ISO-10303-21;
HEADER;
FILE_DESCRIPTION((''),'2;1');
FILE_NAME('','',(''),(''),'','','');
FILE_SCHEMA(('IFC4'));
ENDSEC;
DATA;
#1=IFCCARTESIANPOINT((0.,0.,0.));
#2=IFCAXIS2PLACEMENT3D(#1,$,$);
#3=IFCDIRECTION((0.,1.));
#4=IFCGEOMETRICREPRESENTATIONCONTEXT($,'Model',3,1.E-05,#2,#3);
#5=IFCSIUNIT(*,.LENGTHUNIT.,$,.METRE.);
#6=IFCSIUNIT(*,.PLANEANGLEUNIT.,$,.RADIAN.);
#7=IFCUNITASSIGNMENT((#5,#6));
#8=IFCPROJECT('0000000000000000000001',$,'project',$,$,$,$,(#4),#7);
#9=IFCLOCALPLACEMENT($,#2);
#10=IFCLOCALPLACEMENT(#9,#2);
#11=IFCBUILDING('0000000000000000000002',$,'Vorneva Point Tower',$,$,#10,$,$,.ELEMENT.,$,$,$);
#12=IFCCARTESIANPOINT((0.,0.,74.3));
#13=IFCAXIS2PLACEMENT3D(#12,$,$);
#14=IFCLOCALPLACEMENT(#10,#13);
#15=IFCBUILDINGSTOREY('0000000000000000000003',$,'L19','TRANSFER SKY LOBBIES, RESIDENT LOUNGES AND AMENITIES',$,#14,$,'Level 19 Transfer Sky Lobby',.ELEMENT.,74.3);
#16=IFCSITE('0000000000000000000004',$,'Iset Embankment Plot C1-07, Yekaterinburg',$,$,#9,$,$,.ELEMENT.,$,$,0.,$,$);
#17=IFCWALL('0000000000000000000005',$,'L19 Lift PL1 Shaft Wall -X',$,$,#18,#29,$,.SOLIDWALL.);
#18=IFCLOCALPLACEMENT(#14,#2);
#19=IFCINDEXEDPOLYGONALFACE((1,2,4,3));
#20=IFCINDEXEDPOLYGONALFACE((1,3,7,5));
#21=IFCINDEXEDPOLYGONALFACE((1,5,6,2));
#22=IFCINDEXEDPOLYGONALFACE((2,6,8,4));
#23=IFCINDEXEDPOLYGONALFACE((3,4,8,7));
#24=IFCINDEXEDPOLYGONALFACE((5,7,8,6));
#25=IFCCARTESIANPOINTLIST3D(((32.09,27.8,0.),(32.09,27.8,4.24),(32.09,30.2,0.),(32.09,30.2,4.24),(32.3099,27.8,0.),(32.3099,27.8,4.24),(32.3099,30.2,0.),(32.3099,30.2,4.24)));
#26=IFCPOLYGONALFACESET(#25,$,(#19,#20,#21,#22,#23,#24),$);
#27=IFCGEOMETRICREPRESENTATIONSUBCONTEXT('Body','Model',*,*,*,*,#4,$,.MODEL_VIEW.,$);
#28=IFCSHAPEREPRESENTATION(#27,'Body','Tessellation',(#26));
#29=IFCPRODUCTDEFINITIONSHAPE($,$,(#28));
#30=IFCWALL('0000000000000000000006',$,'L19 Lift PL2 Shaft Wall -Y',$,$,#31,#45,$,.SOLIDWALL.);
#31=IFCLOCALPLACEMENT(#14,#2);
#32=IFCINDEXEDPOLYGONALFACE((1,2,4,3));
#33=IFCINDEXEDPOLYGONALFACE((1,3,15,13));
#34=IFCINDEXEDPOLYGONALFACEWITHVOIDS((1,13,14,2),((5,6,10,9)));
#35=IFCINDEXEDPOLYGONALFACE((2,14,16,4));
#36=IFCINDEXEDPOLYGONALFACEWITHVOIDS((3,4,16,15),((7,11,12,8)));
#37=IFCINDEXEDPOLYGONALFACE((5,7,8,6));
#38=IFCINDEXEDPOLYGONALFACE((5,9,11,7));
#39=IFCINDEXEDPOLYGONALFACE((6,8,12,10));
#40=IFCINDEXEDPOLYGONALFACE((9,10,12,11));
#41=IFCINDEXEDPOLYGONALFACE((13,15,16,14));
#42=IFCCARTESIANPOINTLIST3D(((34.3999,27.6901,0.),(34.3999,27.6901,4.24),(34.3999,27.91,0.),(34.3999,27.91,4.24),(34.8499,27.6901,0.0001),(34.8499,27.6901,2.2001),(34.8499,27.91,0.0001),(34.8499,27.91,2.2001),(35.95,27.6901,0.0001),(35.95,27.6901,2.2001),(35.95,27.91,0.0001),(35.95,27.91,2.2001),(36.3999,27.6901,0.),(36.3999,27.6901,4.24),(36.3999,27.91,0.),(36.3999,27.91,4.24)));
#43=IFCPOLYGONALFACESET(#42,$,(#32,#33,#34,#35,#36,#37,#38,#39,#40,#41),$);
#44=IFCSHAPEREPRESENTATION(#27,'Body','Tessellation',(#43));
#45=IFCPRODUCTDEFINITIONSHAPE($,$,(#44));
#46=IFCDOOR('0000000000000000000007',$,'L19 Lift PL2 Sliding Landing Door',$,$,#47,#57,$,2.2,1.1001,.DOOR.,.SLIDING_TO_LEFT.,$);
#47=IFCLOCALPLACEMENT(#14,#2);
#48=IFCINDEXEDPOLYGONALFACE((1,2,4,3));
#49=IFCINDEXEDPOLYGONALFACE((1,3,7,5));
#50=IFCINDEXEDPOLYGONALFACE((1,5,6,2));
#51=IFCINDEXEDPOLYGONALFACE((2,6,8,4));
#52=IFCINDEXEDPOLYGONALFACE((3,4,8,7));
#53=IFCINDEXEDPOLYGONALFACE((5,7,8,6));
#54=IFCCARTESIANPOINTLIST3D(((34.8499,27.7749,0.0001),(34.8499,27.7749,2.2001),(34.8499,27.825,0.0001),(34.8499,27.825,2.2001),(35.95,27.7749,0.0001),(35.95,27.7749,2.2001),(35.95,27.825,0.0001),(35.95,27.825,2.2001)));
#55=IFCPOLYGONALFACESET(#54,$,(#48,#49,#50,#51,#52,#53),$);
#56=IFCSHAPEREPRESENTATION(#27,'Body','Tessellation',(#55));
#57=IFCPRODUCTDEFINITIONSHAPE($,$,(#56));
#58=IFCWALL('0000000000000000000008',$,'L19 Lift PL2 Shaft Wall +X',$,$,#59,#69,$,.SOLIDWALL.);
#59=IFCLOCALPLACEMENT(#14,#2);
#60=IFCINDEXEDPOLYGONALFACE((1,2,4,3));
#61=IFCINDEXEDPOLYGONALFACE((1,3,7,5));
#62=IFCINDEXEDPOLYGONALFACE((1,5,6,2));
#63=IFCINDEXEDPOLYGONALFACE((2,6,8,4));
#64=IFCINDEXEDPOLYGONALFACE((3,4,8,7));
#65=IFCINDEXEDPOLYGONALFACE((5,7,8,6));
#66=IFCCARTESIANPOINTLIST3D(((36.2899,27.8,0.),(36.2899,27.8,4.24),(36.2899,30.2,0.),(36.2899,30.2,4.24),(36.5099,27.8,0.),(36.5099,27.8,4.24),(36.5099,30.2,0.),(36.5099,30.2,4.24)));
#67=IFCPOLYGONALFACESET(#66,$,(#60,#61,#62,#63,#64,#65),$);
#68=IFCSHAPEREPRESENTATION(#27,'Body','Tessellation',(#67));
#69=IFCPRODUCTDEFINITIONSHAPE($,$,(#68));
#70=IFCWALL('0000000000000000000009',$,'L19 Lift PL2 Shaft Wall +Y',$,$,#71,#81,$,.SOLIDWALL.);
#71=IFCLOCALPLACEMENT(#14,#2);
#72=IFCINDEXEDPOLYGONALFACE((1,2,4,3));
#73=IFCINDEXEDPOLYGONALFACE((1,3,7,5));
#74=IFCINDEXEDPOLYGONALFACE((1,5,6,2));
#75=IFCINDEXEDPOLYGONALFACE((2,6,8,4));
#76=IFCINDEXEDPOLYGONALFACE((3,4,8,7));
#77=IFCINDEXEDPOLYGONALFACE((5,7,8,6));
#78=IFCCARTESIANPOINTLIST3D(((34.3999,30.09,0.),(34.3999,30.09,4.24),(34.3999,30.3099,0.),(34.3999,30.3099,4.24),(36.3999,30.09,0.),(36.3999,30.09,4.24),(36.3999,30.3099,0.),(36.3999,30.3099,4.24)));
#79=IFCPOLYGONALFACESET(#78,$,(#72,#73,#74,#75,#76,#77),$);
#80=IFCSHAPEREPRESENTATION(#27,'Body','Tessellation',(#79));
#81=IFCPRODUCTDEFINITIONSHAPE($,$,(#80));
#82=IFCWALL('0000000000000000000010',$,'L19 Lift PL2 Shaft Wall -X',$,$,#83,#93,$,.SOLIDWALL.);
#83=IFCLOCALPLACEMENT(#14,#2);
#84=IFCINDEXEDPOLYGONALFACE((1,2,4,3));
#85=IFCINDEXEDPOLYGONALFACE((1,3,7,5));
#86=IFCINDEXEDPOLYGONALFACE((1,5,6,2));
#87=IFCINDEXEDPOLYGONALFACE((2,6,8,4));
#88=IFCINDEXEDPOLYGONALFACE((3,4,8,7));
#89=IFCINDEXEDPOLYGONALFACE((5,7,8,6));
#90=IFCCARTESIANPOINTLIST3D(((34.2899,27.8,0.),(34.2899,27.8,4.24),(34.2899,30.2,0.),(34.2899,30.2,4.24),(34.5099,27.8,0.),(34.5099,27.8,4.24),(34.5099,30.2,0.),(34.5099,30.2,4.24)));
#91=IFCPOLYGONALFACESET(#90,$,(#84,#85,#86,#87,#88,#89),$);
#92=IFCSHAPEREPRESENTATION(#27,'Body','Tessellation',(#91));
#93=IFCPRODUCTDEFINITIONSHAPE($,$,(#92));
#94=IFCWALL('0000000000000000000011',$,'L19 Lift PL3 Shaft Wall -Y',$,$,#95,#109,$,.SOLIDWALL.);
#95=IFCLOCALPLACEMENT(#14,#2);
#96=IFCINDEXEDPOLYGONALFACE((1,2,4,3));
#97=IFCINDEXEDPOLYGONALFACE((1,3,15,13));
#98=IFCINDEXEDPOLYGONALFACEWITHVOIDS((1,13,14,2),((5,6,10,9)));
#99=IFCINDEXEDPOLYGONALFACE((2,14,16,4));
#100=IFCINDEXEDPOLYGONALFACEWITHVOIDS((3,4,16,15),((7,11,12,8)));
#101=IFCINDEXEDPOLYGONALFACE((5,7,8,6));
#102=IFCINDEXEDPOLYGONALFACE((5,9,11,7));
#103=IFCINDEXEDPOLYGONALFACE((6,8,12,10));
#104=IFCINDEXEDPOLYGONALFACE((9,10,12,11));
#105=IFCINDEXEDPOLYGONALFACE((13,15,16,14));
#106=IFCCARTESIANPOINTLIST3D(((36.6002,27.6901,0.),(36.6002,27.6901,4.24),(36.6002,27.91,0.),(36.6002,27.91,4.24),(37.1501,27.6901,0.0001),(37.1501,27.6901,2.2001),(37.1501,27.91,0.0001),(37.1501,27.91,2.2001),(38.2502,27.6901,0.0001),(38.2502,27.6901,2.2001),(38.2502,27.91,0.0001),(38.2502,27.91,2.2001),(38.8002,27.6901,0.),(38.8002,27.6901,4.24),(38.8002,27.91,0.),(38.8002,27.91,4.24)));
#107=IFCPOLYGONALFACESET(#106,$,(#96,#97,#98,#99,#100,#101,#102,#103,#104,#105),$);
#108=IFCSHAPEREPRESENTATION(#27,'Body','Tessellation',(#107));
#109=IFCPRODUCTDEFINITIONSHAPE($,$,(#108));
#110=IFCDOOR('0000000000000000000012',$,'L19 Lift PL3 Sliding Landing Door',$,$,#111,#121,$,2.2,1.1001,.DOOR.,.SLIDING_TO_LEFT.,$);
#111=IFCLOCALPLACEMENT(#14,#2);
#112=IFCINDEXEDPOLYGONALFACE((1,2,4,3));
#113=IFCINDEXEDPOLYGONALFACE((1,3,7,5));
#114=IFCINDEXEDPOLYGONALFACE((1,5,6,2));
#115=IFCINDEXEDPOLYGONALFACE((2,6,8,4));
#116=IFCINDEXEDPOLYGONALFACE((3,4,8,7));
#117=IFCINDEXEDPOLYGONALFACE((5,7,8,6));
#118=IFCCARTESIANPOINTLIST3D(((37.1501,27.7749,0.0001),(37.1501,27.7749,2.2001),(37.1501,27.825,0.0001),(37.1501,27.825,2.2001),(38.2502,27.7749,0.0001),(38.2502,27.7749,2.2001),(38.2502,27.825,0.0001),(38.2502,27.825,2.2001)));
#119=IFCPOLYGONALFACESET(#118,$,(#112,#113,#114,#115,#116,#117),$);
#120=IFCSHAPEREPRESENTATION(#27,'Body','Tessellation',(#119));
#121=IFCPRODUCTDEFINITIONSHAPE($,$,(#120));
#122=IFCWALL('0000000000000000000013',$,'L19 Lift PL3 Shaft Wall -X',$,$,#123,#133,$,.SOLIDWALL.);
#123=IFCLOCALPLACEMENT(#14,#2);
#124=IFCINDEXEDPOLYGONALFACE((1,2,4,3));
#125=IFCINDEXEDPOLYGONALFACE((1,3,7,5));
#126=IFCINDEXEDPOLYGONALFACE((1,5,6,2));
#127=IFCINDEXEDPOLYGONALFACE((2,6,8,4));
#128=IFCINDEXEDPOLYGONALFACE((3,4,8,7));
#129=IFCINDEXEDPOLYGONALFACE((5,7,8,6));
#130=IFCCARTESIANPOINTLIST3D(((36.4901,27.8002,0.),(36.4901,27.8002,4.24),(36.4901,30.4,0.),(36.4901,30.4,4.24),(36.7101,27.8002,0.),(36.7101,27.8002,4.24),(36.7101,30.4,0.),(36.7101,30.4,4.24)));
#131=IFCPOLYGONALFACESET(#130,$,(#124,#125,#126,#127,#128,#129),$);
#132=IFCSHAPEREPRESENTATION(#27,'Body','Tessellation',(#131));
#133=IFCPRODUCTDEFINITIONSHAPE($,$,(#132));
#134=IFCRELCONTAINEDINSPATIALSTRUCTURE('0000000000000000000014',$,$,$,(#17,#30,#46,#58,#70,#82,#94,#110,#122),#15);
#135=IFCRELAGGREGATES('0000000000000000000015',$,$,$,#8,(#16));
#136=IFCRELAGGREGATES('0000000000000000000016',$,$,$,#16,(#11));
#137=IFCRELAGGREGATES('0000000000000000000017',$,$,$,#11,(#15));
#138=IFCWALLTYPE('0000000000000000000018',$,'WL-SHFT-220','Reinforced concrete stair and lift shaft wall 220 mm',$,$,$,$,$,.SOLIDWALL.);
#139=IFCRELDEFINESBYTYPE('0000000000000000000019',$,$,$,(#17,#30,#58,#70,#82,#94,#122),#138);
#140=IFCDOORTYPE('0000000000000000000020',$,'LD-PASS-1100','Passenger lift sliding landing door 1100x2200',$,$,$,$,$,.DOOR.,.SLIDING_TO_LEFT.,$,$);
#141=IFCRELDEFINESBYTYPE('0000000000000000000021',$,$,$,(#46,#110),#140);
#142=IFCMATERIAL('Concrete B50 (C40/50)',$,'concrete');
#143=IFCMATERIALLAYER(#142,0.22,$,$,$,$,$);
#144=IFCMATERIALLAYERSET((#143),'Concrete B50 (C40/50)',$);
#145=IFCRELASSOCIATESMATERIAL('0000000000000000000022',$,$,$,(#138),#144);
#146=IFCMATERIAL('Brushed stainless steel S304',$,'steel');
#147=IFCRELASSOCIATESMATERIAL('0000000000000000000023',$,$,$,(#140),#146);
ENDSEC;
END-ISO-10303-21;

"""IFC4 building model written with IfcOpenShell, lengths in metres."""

from ifc_helpers import new_model, si_unit, direction, frame, frame_2d, origin, place, context, subcontext, project, spatial, rectangle, extrude, material, layer, layer_set, type_object, element, fill, save


model = new_model("IFC4")

# Units and contexts
model_context = context("Model", 3, precision=1e-05, world=origin(), true_north=direction((0.0, 1.0)))
body_context = subcontext(model_context, "Body", "Model", "MODEL_VIEW")
ifc_project = project(units=[si_unit("LENGTHUNIT", "METRE"), si_unit("PLANEANGLEUNIT", "RADIAN")], contexts=[model_context])

# Site, building, storey
site_placement = place(None, origin())
site = spatial("IfcSite", under=ifc_project, at=site_placement, Name="Iset Embankment Plot C1-07, Yekaterinburg", CompositionType="ELEMENT", RefElevation=0.0)
building_placement = place(site_placement, origin())
building = spatial("IfcBuilding", under=site, at=building_placement, Name="Vorneva Point Tower", CompositionType="ELEMENT")
storey_placement = place(building_placement, frame((0.0, 0.0, 74.3)))
storey = spatial("IfcBuildingStorey", under=building, at=storey_placement, Name="L19", Description="TRANSFER SKY LOBBIES, RESIDENT LOUNGES AND AMENITIES", LongName="Level 19 Transfer Sky Lobby", CompositionType="ELEMENT", Elevation=74.3)

# Shared definitions
ifc_material_1 = material(Name="Concrete B50 (C40/50)", Category="concrete")
ifc_layer_1 = layer(ifc_material_1, 0.22)
ifc_layer_set_1 = layer_set([ifc_layer_1], Name="Concrete B50 (C40/50)")
wall_type_1 = type_object("IfcWallType", Name="WL-SHFT-220", Description="Reinforced concrete stair and lift shaft wall 220 mm", PredefinedType="SOLIDWALL", material=ifc_layer_set_1)
ifc_material_2 = material(Name="Brushed stainless steel S304", Category="steel")
door_type = type_object("IfcDoorType", Name="LD-PASS-1100", Description="Passenger lift sliding landing door 1100x2200", OperationType="SLIDING_TO_LEFT", PredefinedType="DOOR", material=ifc_material_2)

# Wall
wall_1_placement = place(storey_placement, frame((32.2, 30.2, 0.0), z_axis=(0.0, 0.0, 1.0), x_axis=(0.0, -1.0, 0.0)))
element("IfcWall", 1, at=wall_1_placement, inside=storey, type_object=wall_type_1, Name="L19 Lift PL1 Shaft Wall -X", PredefinedType="SOLIDWALL", context=body_context, shape_type="SweptSolid", body=[
    extrude(rectangle(XDim=2.3999, YDim=0.22, at=frame_2d((1.2, 0.0))), origin(), (0.0, 0.0, 1.0), 4.24),
])

# Wall, opening, door
wall_2_placement = place(storey_placement, frame((34.3999, 27.8, 0.0), z_axis=(0.0, 0.0, 1.0), x_axis=(1.0, 0.0, 0.0)))
wall_2 = element("IfcWall", 2, at=wall_2_placement, inside=storey, type_object=wall_type_1, Name="L19 Lift PL2 Shaft Wall -Y", PredefinedType="SOLIDWALL", context=body_context, shape_type="SweptSolid", body=[
    extrude(rectangle(XDim=2.0, YDim=0.22, at=frame_2d((1.0, 0.0))), origin(), (0.0, 0.0, 1.0), 4.24),
])
opening_1_placement = place(wall_2_placement, frame((0.45, 0.0, 0.0)))
opening_1 = element("IfcOpeningElement", 3, at=opening_1_placement, cuts=wall_2, PredefinedType="OPENING", context=body_context, shape_type="SweptSolid", body=[
    extrude(rectangle(XDim=1.1001, YDim=2.2, at=frame_2d((0.55, 1.1001))), frame((0.0, 0.125, 0.0), z_axis=(0.0, -1.0, 0.0), x_axis=(1.0, 0.0, 0.0)), (0.0, 0.0, 1.0), 0.2498),
])
door_1_placement = place(opening_1_placement, origin())
door_1 = element("IfcDoor", 4, at=door_1_placement, inside=storey, type_object=door_type, Name="L19 Lift PL2 Sliding Landing Door", OperationType="SLIDING_TO_LEFT", OverallHeight=2.2, OverallWidth=1.1001, PredefinedType="DOOR", context=body_context, shape_type="SweptSolid", body=[
    extrude(rectangle(XDim=1.1001, YDim=2.2, at=frame_2d((0.55, 1.1001))), frame((0.0, 0.0249, 0.0), z_axis=(0.0, -1.0, 0.0), x_axis=(1.0, 0.0, 0.0)), (0.0, 0.0, 1.0), 0.05),
])
fill(opening_1, door_1)

# Walls
wall_3_placement = place(storey_placement, frame((36.3999, 27.8, 0.0), z_axis=(0.0, 0.0, 1.0), x_axis=(0.0, 1.0, 0.0)))
element("IfcWall", 5, at=wall_3_placement, inside=storey, type_object=wall_type_1, Name="L19 Lift PL2 Shaft Wall +X", PredefinedType="SOLIDWALL", context=body_context, shape_type="SweptSolid", body=[
    extrude(rectangle(XDim=2.3999, YDim=0.22, at=frame_2d((1.2, 0.0))), origin(), (0.0, 0.0, 1.0), 4.24),
])
wall_4_placement = place(storey_placement, frame((36.3999, 30.2, 0.0), z_axis=(0.0, 0.0, 1.0), x_axis=(-1.0, 0.0, 0.0)))
element("IfcWall", 6, at=wall_4_placement, inside=storey, type_object=wall_type_1, Name="L19 Lift PL2 Shaft Wall +Y", PredefinedType="SOLIDWALL", context=body_context, shape_type="SweptSolid", body=[
    extrude(rectangle(XDim=2.0, YDim=0.22, at=frame_2d((1.0, 0.0))), origin(), (0.0, 0.0, 1.0), 4.24),
])
wall_5_placement = place(storey_placement, frame((34.3999, 30.2, 0.0), z_axis=(0.0, 0.0, 1.0), x_axis=(0.0, -1.0, 0.0)))
element("IfcWall", 7, at=wall_5_placement, inside=storey, type_object=wall_type_1, Name="L19 Lift PL2 Shaft Wall -X", PredefinedType="SOLIDWALL", context=body_context, shape_type="SweptSolid", body=[
    extrude(rectangle(XDim=2.3999, YDim=0.22, at=frame_2d((1.2, 0.0))), origin(), (0.0, 0.0, 1.0), 4.24),
])

# Wall, opening, door
wall_6_placement = place(storey_placement, frame((36.6001, 27.8, 0.0), z_axis=(0.0, 0.0, 1.0), x_axis=(1.0, 0.0, 0.0)))
wall_6 = element("IfcWall", 8, at=wall_6_placement, inside=storey, type_object=wall_type_1, Name="L19 Lift PL3 Shaft Wall -Y", PredefinedType="SOLIDWALL", context=body_context, shape_type="SweptSolid", body=[
    extrude(rectangle(XDim=2.2, YDim=0.22, at=frame_2d((1.1001, 0.0))), origin(), (0.0, 0.0, 1.0), 4.24),
])
opening_2_placement = place(wall_6_placement, frame((0.55, 0.0, 0.0)))
opening_2 = element("IfcOpeningElement", 9, at=opening_2_placement, cuts=wall_6, PredefinedType="OPENING", context=body_context, shape_type="SweptSolid", body=[
    extrude(rectangle(XDim=1.1001, YDim=2.2, at=frame_2d((0.55, 1.1001))), frame((0.0, 0.125, 0.0), z_axis=(0.0, -1.0, 0.0), x_axis=(1.0, 0.0, 0.0)), (0.0, 0.0, 1.0), 0.2498),
])
door_2_placement = place(opening_2_placement, origin())
door_2 = element("IfcDoor", 10, at=door_2_placement, inside=storey, type_object=door_type, Name="L19 Lift PL3 Sliding Landing Door", OperationType="SLIDING_TO_LEFT", OverallHeight=2.2, OverallWidth=1.1001, PredefinedType="DOOR", context=body_context, shape_type="SweptSolid", body=[
    extrude(rectangle(XDim=1.1001, YDim=2.2, at=frame_2d((0.55, 1.1001))), frame((0.0, 0.0249, 0.0), z_axis=(0.0, -1.0, 0.0), x_axis=(1.0, 0.0, 0.0)), (0.0, 0.0, 1.0), 0.05),
])
fill(opening_2, door_2)

# Wall
wall_7_placement = place(storey_placement, frame((36.6001, 30.3999, 0.0), z_axis=(0.0, 0.0, 1.0), x_axis=(0.0, -1.0, 0.0)))
element("IfcWall", 11, at=wall_7_placement, inside=storey, type_object=wall_type_1, Name="L19 Lift PL3 Shaft Wall -X", PredefinedType="SOLIDWALL", context=body_context, shape_type="SweptSolid", body=[
    extrude(rectangle(XDim=2.5999, YDim=0.22, at=frame_2d((1.2998, 0.0))), origin(), (0.0, 0.0, 1.0), 4.24),
])

save(model, "model.ifc")
